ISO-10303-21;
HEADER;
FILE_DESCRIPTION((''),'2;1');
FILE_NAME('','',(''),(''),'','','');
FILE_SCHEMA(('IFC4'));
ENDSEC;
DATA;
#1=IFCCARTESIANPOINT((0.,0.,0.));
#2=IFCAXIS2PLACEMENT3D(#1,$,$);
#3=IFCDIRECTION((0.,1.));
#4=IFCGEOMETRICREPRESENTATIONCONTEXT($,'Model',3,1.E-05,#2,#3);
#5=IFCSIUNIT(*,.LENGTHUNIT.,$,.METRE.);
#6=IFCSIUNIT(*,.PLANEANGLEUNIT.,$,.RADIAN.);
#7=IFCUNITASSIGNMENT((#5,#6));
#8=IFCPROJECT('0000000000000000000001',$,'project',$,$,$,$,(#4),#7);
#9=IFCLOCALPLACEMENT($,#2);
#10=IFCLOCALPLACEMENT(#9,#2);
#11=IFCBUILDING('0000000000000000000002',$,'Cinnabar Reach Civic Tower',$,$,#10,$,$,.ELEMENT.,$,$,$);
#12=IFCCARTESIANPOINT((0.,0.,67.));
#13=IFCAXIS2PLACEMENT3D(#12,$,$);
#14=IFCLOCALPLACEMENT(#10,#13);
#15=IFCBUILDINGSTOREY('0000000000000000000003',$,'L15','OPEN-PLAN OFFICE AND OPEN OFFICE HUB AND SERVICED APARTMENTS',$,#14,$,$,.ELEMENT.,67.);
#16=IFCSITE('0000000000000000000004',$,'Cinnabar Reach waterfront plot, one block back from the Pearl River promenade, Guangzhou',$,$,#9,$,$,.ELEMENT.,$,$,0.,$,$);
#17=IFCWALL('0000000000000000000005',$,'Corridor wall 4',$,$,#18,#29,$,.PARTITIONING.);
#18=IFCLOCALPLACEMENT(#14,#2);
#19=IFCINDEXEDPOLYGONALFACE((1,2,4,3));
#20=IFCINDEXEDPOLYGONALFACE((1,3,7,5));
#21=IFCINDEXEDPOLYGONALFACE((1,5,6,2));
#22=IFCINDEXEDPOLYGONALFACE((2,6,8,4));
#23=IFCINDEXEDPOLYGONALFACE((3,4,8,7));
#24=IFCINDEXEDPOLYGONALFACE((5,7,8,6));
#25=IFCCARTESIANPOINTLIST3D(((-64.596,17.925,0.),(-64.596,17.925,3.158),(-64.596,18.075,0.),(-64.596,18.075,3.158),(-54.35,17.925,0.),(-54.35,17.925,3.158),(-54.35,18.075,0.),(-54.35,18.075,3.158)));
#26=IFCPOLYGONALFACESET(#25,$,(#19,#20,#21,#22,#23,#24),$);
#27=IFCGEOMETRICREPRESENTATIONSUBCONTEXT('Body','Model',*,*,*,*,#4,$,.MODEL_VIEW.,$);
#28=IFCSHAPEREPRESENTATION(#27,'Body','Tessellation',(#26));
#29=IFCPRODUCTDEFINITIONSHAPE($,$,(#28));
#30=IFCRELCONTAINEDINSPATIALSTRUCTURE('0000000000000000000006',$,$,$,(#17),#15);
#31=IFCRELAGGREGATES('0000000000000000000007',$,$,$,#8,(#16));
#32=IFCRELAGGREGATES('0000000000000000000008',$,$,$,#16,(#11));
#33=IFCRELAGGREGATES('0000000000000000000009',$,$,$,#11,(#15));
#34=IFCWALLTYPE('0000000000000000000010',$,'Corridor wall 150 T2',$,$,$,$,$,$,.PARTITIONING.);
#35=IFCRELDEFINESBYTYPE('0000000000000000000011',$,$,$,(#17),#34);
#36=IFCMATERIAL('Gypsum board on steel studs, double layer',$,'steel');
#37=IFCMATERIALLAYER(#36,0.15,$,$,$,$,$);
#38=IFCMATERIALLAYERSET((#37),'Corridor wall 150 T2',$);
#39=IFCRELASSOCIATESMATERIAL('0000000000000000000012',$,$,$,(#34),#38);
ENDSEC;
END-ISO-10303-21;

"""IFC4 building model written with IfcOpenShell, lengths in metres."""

from ifc_helpers import new_model, si_unit, direction, frame, frame_2d, origin, place, context, subcontext, project, spatial, rectangle, extrude, material, layer, layer_set, type_object, element, save


model = new_model("IFC4")

# Units and contexts
model_context = context("Model", 3, precision=1e-05, world=origin(), true_north=direction((0.0, 1.0)))
body_context = subcontext(model_context, "Body", "Model", "MODEL_VIEW")
ifc_project = project(units=[si_unit("LENGTHUNIT", "METRE"), si_unit("PLANEANGLEUNIT", "RADIAN")], contexts=[model_context])

# Site, building, storey
site_placement = place(None, origin())
site = spatial("IfcSite", under=ifc_project, at=site_placement, Name="Cinnabar Reach waterfront plot, one block back from the Pearl River promenade, Guangzhou", CompositionType="ELEMENT", RefElevation=0.0)
building_placement = place(site_placement, origin())
building = spatial("IfcBuilding", under=site, at=building_placement, Name="Cinnabar Reach Civic Tower", CompositionType="ELEMENT")
storey_placement = place(building_placement, frame((0.0, 0.0, 67.0)))
storey = spatial("IfcBuildingStorey", under=building, at=storey_placement, Name="L15", Description="OPEN-PLAN OFFICE AND OPEN OFFICE HUB AND SERVICED APARTMENTS", CompositionType="ELEMENT", Elevation=67.0)

# Wall
ifc_material_1 = material(Name="Gypsum board on steel studs, double layer", Category="steel")
ifc_layer_1 = layer(ifc_material_1, 0.15)
ifc_layer_set_1 = layer_set([ifc_layer_1], Name="Corridor wall 150 T2")
wall_type_1 = type_object("IfcWallType", Name="Corridor wall 150 T2", PredefinedType="PARTITIONING", material=ifc_layer_set_1)
wall_1_placement = place(storey_placement, frame((-64.5961, 18.0, 0.0), z_axis=(0.0, 0.0, 1.0), x_axis=(1.0, 0.0, 0.0)))
element("IfcWall", 1, at=wall_1_placement, inside=storey, type_object=wall_type_1, Name="Corridor wall 4", PredefinedType="PARTITIONING", context=body_context, shape_type="SweptSolid", body=[
    extrude(rectangle(XDim=10.2461, YDim=0.15, at=frame_2d((5.1231, 0.0))), origin(), (0.0, 0.0, 1.0), 3.158),
])

save(model, "model.ifc")
